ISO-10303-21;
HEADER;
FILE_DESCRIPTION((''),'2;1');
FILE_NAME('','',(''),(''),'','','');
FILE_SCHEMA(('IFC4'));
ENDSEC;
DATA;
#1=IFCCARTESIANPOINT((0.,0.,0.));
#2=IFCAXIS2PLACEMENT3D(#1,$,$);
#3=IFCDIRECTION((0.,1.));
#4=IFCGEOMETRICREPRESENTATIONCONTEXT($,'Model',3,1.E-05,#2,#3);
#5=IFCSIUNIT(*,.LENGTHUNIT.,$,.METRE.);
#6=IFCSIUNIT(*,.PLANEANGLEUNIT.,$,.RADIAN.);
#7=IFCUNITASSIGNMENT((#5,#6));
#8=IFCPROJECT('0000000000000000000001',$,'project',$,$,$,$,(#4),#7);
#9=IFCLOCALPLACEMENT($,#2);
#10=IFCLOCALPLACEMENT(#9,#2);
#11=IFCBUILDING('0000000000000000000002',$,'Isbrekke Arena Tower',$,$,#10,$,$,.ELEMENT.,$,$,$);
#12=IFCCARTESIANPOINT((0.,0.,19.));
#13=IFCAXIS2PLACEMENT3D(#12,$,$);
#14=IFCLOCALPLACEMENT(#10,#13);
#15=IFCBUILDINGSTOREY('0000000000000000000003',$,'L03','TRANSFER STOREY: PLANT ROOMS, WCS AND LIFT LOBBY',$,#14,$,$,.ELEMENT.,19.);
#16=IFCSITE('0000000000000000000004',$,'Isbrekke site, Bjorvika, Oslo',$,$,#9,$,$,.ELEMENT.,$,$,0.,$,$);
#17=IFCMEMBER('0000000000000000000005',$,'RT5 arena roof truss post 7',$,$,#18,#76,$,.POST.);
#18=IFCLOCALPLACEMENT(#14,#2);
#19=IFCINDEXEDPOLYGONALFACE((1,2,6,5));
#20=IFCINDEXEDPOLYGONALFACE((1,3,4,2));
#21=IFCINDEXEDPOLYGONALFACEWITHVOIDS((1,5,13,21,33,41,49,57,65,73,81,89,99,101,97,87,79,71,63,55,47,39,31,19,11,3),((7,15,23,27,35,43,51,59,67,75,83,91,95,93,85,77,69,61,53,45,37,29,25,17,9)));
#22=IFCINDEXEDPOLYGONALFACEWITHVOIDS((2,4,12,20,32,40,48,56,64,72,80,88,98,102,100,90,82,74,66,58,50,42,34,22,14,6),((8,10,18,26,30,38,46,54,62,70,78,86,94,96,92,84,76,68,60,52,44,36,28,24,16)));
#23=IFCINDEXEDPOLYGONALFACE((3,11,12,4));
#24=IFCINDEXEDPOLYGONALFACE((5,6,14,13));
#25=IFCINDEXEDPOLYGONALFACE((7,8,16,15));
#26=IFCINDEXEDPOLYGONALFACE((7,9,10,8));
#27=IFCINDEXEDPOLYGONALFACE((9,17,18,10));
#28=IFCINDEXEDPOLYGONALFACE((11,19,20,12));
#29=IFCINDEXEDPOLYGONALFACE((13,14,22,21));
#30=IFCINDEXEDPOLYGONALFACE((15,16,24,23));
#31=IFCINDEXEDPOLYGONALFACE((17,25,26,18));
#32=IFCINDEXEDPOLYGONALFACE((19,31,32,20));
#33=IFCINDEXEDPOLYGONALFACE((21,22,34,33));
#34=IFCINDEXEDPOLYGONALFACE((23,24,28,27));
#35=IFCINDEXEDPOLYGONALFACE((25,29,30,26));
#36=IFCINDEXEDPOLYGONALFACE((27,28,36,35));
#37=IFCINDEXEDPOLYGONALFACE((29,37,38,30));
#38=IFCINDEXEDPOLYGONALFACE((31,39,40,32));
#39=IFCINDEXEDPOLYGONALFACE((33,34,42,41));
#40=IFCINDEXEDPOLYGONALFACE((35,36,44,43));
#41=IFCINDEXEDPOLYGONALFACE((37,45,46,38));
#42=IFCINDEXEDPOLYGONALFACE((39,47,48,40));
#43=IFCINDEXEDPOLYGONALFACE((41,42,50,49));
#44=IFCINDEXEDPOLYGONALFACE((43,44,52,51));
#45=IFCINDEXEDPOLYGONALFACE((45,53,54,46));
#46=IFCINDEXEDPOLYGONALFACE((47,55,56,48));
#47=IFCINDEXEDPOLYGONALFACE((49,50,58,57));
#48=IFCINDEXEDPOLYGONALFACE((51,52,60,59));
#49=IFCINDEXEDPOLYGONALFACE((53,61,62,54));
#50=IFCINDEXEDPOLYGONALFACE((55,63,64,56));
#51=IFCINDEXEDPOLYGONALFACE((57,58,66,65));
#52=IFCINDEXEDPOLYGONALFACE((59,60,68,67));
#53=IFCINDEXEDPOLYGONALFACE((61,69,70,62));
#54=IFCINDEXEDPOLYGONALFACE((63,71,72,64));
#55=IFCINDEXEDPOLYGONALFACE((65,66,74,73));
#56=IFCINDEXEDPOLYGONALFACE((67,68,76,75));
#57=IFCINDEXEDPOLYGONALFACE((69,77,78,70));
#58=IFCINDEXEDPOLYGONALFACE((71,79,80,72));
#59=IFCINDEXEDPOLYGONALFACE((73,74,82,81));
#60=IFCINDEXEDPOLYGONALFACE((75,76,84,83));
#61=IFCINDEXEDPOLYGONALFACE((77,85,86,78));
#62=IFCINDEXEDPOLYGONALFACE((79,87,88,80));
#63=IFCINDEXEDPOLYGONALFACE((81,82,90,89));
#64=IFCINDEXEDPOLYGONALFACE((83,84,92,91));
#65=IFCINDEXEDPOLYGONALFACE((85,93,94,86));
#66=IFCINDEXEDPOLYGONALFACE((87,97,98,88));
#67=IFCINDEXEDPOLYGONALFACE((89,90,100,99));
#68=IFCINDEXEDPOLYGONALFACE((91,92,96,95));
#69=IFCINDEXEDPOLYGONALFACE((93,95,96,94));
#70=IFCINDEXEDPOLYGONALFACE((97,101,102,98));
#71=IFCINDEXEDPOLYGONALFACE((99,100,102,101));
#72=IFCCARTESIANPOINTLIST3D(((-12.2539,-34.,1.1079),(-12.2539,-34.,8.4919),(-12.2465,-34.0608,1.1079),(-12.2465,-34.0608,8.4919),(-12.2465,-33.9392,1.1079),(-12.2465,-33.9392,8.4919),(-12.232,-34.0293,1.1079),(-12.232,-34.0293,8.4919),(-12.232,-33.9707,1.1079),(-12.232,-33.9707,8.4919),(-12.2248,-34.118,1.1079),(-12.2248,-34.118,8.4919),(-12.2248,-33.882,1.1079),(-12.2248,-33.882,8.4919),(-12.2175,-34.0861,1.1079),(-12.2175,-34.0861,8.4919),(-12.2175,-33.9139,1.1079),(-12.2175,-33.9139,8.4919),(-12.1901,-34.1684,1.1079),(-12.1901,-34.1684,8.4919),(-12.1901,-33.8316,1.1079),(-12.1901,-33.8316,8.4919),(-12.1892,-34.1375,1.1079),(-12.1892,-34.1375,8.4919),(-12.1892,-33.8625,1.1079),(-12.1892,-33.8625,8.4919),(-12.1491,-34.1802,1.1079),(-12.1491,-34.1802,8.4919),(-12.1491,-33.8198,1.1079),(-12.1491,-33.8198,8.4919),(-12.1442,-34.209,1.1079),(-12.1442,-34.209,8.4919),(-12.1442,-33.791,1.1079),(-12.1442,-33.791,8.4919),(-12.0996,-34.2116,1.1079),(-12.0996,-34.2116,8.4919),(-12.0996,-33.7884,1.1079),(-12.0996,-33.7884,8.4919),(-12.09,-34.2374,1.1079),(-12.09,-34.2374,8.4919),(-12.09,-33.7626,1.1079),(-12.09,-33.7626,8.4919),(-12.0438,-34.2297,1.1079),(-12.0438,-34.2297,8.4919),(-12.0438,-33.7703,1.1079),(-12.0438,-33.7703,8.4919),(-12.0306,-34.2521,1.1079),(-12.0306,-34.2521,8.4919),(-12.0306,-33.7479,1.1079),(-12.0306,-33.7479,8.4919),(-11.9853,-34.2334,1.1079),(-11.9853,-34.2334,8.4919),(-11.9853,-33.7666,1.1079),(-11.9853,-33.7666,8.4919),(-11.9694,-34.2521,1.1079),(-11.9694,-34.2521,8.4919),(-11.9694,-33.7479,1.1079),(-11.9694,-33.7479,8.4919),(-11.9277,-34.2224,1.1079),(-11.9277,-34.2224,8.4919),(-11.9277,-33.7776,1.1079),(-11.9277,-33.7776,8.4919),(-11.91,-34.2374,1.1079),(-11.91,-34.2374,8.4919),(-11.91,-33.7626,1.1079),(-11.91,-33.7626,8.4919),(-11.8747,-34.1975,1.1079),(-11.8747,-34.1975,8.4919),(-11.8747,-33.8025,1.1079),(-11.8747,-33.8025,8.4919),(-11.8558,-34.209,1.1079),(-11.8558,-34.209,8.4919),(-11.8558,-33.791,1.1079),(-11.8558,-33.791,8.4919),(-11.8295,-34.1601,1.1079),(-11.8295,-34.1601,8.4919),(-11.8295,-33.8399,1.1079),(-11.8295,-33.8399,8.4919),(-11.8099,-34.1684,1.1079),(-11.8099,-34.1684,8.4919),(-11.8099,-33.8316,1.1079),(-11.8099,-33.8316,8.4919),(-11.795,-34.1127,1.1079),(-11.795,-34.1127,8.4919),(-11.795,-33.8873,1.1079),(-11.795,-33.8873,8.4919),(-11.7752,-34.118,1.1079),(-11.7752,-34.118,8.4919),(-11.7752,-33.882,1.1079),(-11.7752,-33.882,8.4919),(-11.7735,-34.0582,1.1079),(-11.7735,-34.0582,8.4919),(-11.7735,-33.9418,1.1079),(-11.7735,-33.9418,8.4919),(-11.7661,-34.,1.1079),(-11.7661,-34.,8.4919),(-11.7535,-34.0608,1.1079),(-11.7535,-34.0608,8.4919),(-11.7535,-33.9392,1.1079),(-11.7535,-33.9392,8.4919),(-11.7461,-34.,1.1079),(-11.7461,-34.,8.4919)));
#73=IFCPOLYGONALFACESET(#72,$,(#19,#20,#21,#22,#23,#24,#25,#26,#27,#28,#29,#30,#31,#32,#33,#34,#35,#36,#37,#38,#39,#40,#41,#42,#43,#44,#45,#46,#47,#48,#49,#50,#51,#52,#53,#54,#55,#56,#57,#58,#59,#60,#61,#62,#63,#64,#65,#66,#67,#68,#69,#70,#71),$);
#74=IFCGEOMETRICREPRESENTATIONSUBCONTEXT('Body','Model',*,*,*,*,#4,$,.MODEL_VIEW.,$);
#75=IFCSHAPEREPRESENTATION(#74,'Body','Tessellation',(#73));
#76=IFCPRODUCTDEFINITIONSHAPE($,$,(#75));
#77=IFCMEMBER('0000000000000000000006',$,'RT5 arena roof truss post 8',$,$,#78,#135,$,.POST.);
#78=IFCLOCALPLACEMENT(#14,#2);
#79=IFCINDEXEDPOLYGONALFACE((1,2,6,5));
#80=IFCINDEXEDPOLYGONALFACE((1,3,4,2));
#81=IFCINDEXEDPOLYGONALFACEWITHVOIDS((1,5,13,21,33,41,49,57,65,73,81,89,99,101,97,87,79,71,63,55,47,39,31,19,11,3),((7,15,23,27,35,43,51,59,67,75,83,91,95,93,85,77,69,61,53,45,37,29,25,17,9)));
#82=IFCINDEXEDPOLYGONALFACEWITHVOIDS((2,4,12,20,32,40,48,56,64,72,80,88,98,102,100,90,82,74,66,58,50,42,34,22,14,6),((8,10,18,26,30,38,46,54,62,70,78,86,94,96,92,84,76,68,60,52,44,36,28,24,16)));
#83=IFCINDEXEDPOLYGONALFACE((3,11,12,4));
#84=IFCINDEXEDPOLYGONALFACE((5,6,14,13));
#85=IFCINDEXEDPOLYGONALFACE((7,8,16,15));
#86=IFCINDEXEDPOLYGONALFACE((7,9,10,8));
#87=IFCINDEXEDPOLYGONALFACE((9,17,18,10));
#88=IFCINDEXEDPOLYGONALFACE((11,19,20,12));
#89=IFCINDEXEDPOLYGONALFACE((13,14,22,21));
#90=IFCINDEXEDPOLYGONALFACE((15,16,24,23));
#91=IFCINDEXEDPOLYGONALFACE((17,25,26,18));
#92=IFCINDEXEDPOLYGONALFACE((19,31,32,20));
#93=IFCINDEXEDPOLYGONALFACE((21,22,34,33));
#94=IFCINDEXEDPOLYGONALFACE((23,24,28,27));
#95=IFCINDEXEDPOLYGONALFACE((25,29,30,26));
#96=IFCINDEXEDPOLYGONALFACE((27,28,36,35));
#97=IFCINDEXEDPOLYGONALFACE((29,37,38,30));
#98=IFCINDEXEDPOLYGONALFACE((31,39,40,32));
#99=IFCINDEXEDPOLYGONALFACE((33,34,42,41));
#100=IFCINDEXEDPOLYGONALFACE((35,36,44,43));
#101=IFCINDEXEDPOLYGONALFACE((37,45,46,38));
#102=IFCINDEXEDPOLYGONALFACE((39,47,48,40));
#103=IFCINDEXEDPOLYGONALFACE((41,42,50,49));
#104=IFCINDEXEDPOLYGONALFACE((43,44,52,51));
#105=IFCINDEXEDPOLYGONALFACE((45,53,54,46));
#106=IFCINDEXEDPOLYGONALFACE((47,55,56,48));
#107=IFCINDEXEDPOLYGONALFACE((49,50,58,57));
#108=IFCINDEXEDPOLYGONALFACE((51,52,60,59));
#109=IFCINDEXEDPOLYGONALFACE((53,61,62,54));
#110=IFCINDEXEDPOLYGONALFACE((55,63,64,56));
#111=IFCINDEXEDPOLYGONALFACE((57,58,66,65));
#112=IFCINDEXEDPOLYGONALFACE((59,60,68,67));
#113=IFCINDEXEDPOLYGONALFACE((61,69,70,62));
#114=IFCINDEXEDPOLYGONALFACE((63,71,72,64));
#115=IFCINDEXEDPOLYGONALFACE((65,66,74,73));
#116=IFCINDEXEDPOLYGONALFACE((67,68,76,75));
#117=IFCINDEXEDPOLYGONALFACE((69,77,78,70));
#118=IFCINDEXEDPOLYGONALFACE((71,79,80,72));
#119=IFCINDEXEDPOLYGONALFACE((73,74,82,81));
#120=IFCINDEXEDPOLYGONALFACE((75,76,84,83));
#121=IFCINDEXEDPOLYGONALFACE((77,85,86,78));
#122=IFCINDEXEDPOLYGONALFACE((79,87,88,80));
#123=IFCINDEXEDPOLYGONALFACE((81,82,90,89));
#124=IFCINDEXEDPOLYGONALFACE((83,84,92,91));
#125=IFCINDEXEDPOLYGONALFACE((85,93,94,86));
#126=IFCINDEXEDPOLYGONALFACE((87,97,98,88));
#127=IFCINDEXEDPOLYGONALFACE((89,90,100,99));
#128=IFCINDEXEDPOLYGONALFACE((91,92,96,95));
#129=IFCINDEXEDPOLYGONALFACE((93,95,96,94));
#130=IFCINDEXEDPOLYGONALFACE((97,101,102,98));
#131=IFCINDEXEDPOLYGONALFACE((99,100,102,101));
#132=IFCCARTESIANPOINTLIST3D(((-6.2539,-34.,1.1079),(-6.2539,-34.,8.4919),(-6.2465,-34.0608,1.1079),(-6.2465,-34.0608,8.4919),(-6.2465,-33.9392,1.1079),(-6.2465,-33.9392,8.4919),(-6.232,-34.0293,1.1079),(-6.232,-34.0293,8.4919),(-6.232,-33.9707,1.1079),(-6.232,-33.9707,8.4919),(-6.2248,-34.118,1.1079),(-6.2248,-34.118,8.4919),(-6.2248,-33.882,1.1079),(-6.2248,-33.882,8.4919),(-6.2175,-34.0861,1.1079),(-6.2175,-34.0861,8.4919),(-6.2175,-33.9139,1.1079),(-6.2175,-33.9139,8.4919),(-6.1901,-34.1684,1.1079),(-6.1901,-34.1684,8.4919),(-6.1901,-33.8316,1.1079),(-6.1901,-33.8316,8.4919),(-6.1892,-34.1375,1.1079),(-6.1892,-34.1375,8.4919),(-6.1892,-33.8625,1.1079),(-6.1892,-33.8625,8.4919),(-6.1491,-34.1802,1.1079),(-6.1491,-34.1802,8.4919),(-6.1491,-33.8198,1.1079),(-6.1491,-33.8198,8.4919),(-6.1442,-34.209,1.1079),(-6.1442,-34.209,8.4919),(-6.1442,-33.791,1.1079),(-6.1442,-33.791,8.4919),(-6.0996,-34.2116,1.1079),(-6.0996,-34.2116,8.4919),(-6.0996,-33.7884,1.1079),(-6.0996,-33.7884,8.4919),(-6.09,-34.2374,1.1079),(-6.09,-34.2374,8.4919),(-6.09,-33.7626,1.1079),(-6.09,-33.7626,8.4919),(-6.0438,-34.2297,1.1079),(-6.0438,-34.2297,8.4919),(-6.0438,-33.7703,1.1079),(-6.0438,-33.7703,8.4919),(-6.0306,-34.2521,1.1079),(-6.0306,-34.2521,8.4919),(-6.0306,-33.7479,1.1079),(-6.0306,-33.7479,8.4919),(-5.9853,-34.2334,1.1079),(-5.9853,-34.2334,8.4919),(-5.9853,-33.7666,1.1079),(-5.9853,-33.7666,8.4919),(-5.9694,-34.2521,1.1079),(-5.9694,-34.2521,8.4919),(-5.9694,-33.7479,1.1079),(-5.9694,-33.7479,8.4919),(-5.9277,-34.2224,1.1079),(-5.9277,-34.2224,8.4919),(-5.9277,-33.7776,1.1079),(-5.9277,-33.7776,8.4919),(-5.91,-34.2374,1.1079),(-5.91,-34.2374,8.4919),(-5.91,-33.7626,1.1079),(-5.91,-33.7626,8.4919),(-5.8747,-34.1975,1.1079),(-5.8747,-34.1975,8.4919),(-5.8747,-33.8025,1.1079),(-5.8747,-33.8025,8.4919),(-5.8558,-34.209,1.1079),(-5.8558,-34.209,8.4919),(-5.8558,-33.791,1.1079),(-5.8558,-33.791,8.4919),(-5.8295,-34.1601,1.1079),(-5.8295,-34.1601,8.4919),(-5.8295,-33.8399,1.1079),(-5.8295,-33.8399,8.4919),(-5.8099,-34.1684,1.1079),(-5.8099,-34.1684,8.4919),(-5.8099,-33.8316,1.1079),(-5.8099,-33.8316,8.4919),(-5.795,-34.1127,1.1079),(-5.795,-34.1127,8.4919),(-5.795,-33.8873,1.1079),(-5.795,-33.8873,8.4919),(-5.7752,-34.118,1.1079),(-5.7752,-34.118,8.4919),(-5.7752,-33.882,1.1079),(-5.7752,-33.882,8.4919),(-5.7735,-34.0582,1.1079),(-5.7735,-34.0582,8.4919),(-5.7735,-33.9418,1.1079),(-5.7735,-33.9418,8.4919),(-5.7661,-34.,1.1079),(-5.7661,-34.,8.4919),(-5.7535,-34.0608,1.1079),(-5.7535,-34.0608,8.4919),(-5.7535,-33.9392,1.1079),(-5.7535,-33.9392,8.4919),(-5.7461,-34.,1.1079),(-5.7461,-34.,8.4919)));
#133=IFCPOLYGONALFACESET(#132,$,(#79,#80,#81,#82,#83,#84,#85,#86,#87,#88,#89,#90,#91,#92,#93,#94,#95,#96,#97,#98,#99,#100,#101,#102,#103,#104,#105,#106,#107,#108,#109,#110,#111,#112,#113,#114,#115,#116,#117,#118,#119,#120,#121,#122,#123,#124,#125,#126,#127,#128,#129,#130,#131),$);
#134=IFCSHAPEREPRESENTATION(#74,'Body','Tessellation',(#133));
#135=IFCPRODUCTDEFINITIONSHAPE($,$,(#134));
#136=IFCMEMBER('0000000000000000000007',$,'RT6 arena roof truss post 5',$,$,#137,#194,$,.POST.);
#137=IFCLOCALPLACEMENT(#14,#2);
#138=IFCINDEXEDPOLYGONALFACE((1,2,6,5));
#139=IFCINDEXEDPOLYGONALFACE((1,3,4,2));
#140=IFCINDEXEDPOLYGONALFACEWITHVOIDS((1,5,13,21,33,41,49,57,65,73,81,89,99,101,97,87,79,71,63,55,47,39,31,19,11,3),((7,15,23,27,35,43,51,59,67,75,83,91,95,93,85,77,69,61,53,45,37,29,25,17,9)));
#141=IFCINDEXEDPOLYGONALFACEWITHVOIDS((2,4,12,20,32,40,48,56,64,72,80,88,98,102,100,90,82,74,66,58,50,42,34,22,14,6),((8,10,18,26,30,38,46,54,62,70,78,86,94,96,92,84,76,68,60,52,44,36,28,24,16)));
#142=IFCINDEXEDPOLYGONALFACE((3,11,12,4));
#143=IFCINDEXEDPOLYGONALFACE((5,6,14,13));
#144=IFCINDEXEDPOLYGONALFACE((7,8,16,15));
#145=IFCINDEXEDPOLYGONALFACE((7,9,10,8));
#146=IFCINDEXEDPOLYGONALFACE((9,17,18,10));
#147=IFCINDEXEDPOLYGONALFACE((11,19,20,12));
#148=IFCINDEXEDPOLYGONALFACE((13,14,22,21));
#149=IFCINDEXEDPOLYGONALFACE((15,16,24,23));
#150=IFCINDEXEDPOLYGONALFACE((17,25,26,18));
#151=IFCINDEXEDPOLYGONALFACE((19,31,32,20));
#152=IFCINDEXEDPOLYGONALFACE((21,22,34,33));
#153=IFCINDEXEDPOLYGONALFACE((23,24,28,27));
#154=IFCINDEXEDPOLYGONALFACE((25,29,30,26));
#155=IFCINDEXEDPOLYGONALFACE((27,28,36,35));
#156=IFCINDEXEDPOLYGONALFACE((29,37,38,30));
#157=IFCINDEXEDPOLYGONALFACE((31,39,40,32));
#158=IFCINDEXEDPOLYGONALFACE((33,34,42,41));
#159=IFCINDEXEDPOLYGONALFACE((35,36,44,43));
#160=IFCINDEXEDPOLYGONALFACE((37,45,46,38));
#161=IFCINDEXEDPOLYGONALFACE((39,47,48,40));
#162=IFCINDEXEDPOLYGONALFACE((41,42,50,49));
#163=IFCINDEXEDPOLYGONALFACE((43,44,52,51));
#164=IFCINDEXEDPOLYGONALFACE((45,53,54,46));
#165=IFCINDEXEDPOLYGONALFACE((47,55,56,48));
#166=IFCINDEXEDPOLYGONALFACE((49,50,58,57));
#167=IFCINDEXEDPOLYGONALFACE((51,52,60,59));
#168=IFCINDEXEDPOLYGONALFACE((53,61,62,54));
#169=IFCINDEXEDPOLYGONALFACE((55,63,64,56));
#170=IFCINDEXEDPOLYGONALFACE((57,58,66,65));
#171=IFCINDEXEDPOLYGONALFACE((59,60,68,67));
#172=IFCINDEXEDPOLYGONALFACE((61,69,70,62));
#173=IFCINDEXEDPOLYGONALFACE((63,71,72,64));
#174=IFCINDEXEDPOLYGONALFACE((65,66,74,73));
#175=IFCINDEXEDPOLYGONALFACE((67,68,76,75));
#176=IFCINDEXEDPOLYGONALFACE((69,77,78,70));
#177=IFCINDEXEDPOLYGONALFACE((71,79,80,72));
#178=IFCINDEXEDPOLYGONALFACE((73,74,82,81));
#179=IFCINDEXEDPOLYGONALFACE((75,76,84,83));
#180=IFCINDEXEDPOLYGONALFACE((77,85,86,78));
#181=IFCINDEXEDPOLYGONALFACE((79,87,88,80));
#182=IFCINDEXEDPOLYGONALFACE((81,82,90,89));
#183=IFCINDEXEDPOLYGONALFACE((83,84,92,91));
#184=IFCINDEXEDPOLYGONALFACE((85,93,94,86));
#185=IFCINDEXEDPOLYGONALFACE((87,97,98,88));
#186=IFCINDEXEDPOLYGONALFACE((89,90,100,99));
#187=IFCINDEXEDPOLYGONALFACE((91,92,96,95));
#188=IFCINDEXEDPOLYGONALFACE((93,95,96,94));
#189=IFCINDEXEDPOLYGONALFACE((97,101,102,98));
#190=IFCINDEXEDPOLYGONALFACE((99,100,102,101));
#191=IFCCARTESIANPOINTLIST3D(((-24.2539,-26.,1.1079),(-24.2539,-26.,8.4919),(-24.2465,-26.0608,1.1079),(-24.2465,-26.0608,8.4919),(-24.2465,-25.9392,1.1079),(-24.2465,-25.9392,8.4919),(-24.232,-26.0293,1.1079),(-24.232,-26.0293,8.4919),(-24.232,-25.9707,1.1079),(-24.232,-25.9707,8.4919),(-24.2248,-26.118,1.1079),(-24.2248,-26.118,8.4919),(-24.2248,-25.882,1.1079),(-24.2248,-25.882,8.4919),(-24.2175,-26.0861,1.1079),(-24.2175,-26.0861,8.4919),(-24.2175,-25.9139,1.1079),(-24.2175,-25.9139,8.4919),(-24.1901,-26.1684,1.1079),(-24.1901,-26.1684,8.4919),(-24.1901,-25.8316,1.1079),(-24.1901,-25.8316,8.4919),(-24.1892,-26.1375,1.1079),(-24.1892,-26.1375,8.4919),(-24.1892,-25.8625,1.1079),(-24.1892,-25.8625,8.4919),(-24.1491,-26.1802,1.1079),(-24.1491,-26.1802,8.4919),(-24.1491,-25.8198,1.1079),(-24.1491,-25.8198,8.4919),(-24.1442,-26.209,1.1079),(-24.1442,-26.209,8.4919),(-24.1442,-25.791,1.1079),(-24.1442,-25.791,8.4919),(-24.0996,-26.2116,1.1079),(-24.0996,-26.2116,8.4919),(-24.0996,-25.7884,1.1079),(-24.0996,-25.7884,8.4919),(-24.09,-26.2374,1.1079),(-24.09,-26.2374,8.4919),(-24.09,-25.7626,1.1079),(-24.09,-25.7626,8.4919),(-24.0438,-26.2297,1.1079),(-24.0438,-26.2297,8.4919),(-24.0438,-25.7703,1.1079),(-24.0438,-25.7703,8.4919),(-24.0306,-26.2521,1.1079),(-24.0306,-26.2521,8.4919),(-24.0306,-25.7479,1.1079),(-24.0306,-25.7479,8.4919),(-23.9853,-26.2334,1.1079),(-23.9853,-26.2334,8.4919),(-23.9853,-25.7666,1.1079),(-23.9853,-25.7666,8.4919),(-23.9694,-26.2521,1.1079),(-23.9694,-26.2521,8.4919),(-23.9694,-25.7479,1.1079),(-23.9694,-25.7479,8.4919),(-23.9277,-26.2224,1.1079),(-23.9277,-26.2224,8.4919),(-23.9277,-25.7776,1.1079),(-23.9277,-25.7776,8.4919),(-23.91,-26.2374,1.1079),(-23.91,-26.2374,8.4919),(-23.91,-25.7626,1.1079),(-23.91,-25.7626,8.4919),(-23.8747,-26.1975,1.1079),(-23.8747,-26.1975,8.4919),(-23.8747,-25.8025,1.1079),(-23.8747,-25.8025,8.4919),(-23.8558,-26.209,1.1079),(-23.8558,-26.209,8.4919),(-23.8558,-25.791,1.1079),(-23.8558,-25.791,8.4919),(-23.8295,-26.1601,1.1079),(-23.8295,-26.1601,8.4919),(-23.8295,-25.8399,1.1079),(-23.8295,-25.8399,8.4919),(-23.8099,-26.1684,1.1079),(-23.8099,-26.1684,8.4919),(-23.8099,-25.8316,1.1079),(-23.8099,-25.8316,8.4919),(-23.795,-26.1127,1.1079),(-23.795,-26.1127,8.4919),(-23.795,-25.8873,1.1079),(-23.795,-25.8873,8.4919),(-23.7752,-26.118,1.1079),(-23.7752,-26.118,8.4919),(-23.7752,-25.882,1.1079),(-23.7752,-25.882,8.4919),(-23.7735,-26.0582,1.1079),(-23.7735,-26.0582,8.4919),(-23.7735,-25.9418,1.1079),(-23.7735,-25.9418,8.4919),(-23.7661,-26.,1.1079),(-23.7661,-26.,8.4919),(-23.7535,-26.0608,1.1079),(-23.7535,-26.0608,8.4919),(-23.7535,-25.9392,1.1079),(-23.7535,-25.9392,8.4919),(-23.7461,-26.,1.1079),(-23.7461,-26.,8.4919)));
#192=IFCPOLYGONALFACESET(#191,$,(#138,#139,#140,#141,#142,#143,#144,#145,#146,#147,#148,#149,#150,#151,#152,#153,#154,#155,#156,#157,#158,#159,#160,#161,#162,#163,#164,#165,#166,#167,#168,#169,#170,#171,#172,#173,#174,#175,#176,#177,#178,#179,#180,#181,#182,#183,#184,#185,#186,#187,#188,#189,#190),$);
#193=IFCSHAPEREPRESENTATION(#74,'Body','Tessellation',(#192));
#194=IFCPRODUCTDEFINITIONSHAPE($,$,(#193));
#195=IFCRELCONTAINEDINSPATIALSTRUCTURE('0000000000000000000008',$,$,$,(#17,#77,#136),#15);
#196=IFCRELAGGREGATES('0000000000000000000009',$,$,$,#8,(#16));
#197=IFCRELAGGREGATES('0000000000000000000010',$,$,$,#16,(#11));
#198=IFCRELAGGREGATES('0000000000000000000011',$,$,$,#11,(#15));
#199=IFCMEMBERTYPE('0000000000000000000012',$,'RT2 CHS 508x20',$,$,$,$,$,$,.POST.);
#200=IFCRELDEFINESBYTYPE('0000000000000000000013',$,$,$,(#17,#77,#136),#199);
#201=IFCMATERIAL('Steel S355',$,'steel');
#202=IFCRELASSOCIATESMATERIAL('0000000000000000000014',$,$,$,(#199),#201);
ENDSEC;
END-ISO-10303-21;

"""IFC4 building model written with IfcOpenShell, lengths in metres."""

from ifc_helpers import new_model, si_unit, direction, frame, origin, origin_2d, place, context, subcontext, project, spatial, hollow_circle, extrude, material, material_profile, profile_set, type_object, element, save


model = new_model("IFC4")

# Units and contexts
model_context = context("Model", 3, precision=1e-05, world=origin(), true_north=direction((0.0, 1.0)))
body_context = subcontext(model_context, "Body", "Model", "MODEL_VIEW")
ifc_project = project(units=[si_unit("LENGTHUNIT", "METRE"), si_unit("PLANEANGLEUNIT", "RADIAN")], contexts=[model_context])

# Site, building, storey
site_placement = place(None, origin())
site = spatial("IfcSite", under=ifc_project, at=site_placement, Name="Isbrekke site, Bjorvika, Oslo", CompositionType="ELEMENT", RefElevation=0.0)
building_placement = place(site_placement, origin())
building = spatial("IfcBuilding", under=site, at=building_placement, Name="Isbrekke Arena Tower", CompositionType="ELEMENT")
storey_placement = place(building_placement, frame((0.0, 0.0, 19.0)))
storey = spatial("IfcBuildingStorey", under=building, at=storey_placement, Name="L03", Description="TRANSFER STOREY: PLANT ROOMS, WCS AND LIFT LOBBY", CompositionType="ELEMENT", Elevation=19.0)

# Members
ifc_material_1 = material(Name="Steel S355", Category="steel")
ifc_material_profile_1 = material_profile(ifc_material_1, hollow_circle(Radius=0.2539, WallThickness=0.02, at=origin_2d()), Name="CHS 508x20")
ifc_profile_set_1 = profile_set([ifc_material_profile_1], Name="Steel S355")
member_type_1 = type_object("IfcMemberType", Name="RT2 CHS 508x20", PredefinedType="POST", material=ifc_profile_set_1)
for number, where, z_axis, x_axis, name in (
    (1, (-12.0, -34.0, 1.1079), (0.0, 0.0, 1.0), (1.0, 0.0, 0.0), "RT5 arena roof truss post 7"),
    (2, (-6.0, -34.0, 1.1079), (0.0, 0.0, 1.0), (1.0, 0.0, 0.0), "RT5 arena roof truss post 8"),
    (3, (-24.0, -26.0, 1.1079), (0.0, 0.0, 1.0), (1.0, 0.0, 0.0), "RT6 arena roof truss post 5"),
):
    element("IfcMember", number, at=place(storey_placement, frame(where, z_axis=z_axis, x_axis=x_axis)), inside=storey, type_object=member_type_1, Name=name, PredefinedType="POST", context=body_context, shape_type="SweptSolid", body=[
        extrude(hollow_circle(Radius=0.2539, WallThickness=0.02, at=origin_2d()), origin(), (0.0, 0.0, 1.0), 7.384),
    ])

save(model, "model.ifc")
